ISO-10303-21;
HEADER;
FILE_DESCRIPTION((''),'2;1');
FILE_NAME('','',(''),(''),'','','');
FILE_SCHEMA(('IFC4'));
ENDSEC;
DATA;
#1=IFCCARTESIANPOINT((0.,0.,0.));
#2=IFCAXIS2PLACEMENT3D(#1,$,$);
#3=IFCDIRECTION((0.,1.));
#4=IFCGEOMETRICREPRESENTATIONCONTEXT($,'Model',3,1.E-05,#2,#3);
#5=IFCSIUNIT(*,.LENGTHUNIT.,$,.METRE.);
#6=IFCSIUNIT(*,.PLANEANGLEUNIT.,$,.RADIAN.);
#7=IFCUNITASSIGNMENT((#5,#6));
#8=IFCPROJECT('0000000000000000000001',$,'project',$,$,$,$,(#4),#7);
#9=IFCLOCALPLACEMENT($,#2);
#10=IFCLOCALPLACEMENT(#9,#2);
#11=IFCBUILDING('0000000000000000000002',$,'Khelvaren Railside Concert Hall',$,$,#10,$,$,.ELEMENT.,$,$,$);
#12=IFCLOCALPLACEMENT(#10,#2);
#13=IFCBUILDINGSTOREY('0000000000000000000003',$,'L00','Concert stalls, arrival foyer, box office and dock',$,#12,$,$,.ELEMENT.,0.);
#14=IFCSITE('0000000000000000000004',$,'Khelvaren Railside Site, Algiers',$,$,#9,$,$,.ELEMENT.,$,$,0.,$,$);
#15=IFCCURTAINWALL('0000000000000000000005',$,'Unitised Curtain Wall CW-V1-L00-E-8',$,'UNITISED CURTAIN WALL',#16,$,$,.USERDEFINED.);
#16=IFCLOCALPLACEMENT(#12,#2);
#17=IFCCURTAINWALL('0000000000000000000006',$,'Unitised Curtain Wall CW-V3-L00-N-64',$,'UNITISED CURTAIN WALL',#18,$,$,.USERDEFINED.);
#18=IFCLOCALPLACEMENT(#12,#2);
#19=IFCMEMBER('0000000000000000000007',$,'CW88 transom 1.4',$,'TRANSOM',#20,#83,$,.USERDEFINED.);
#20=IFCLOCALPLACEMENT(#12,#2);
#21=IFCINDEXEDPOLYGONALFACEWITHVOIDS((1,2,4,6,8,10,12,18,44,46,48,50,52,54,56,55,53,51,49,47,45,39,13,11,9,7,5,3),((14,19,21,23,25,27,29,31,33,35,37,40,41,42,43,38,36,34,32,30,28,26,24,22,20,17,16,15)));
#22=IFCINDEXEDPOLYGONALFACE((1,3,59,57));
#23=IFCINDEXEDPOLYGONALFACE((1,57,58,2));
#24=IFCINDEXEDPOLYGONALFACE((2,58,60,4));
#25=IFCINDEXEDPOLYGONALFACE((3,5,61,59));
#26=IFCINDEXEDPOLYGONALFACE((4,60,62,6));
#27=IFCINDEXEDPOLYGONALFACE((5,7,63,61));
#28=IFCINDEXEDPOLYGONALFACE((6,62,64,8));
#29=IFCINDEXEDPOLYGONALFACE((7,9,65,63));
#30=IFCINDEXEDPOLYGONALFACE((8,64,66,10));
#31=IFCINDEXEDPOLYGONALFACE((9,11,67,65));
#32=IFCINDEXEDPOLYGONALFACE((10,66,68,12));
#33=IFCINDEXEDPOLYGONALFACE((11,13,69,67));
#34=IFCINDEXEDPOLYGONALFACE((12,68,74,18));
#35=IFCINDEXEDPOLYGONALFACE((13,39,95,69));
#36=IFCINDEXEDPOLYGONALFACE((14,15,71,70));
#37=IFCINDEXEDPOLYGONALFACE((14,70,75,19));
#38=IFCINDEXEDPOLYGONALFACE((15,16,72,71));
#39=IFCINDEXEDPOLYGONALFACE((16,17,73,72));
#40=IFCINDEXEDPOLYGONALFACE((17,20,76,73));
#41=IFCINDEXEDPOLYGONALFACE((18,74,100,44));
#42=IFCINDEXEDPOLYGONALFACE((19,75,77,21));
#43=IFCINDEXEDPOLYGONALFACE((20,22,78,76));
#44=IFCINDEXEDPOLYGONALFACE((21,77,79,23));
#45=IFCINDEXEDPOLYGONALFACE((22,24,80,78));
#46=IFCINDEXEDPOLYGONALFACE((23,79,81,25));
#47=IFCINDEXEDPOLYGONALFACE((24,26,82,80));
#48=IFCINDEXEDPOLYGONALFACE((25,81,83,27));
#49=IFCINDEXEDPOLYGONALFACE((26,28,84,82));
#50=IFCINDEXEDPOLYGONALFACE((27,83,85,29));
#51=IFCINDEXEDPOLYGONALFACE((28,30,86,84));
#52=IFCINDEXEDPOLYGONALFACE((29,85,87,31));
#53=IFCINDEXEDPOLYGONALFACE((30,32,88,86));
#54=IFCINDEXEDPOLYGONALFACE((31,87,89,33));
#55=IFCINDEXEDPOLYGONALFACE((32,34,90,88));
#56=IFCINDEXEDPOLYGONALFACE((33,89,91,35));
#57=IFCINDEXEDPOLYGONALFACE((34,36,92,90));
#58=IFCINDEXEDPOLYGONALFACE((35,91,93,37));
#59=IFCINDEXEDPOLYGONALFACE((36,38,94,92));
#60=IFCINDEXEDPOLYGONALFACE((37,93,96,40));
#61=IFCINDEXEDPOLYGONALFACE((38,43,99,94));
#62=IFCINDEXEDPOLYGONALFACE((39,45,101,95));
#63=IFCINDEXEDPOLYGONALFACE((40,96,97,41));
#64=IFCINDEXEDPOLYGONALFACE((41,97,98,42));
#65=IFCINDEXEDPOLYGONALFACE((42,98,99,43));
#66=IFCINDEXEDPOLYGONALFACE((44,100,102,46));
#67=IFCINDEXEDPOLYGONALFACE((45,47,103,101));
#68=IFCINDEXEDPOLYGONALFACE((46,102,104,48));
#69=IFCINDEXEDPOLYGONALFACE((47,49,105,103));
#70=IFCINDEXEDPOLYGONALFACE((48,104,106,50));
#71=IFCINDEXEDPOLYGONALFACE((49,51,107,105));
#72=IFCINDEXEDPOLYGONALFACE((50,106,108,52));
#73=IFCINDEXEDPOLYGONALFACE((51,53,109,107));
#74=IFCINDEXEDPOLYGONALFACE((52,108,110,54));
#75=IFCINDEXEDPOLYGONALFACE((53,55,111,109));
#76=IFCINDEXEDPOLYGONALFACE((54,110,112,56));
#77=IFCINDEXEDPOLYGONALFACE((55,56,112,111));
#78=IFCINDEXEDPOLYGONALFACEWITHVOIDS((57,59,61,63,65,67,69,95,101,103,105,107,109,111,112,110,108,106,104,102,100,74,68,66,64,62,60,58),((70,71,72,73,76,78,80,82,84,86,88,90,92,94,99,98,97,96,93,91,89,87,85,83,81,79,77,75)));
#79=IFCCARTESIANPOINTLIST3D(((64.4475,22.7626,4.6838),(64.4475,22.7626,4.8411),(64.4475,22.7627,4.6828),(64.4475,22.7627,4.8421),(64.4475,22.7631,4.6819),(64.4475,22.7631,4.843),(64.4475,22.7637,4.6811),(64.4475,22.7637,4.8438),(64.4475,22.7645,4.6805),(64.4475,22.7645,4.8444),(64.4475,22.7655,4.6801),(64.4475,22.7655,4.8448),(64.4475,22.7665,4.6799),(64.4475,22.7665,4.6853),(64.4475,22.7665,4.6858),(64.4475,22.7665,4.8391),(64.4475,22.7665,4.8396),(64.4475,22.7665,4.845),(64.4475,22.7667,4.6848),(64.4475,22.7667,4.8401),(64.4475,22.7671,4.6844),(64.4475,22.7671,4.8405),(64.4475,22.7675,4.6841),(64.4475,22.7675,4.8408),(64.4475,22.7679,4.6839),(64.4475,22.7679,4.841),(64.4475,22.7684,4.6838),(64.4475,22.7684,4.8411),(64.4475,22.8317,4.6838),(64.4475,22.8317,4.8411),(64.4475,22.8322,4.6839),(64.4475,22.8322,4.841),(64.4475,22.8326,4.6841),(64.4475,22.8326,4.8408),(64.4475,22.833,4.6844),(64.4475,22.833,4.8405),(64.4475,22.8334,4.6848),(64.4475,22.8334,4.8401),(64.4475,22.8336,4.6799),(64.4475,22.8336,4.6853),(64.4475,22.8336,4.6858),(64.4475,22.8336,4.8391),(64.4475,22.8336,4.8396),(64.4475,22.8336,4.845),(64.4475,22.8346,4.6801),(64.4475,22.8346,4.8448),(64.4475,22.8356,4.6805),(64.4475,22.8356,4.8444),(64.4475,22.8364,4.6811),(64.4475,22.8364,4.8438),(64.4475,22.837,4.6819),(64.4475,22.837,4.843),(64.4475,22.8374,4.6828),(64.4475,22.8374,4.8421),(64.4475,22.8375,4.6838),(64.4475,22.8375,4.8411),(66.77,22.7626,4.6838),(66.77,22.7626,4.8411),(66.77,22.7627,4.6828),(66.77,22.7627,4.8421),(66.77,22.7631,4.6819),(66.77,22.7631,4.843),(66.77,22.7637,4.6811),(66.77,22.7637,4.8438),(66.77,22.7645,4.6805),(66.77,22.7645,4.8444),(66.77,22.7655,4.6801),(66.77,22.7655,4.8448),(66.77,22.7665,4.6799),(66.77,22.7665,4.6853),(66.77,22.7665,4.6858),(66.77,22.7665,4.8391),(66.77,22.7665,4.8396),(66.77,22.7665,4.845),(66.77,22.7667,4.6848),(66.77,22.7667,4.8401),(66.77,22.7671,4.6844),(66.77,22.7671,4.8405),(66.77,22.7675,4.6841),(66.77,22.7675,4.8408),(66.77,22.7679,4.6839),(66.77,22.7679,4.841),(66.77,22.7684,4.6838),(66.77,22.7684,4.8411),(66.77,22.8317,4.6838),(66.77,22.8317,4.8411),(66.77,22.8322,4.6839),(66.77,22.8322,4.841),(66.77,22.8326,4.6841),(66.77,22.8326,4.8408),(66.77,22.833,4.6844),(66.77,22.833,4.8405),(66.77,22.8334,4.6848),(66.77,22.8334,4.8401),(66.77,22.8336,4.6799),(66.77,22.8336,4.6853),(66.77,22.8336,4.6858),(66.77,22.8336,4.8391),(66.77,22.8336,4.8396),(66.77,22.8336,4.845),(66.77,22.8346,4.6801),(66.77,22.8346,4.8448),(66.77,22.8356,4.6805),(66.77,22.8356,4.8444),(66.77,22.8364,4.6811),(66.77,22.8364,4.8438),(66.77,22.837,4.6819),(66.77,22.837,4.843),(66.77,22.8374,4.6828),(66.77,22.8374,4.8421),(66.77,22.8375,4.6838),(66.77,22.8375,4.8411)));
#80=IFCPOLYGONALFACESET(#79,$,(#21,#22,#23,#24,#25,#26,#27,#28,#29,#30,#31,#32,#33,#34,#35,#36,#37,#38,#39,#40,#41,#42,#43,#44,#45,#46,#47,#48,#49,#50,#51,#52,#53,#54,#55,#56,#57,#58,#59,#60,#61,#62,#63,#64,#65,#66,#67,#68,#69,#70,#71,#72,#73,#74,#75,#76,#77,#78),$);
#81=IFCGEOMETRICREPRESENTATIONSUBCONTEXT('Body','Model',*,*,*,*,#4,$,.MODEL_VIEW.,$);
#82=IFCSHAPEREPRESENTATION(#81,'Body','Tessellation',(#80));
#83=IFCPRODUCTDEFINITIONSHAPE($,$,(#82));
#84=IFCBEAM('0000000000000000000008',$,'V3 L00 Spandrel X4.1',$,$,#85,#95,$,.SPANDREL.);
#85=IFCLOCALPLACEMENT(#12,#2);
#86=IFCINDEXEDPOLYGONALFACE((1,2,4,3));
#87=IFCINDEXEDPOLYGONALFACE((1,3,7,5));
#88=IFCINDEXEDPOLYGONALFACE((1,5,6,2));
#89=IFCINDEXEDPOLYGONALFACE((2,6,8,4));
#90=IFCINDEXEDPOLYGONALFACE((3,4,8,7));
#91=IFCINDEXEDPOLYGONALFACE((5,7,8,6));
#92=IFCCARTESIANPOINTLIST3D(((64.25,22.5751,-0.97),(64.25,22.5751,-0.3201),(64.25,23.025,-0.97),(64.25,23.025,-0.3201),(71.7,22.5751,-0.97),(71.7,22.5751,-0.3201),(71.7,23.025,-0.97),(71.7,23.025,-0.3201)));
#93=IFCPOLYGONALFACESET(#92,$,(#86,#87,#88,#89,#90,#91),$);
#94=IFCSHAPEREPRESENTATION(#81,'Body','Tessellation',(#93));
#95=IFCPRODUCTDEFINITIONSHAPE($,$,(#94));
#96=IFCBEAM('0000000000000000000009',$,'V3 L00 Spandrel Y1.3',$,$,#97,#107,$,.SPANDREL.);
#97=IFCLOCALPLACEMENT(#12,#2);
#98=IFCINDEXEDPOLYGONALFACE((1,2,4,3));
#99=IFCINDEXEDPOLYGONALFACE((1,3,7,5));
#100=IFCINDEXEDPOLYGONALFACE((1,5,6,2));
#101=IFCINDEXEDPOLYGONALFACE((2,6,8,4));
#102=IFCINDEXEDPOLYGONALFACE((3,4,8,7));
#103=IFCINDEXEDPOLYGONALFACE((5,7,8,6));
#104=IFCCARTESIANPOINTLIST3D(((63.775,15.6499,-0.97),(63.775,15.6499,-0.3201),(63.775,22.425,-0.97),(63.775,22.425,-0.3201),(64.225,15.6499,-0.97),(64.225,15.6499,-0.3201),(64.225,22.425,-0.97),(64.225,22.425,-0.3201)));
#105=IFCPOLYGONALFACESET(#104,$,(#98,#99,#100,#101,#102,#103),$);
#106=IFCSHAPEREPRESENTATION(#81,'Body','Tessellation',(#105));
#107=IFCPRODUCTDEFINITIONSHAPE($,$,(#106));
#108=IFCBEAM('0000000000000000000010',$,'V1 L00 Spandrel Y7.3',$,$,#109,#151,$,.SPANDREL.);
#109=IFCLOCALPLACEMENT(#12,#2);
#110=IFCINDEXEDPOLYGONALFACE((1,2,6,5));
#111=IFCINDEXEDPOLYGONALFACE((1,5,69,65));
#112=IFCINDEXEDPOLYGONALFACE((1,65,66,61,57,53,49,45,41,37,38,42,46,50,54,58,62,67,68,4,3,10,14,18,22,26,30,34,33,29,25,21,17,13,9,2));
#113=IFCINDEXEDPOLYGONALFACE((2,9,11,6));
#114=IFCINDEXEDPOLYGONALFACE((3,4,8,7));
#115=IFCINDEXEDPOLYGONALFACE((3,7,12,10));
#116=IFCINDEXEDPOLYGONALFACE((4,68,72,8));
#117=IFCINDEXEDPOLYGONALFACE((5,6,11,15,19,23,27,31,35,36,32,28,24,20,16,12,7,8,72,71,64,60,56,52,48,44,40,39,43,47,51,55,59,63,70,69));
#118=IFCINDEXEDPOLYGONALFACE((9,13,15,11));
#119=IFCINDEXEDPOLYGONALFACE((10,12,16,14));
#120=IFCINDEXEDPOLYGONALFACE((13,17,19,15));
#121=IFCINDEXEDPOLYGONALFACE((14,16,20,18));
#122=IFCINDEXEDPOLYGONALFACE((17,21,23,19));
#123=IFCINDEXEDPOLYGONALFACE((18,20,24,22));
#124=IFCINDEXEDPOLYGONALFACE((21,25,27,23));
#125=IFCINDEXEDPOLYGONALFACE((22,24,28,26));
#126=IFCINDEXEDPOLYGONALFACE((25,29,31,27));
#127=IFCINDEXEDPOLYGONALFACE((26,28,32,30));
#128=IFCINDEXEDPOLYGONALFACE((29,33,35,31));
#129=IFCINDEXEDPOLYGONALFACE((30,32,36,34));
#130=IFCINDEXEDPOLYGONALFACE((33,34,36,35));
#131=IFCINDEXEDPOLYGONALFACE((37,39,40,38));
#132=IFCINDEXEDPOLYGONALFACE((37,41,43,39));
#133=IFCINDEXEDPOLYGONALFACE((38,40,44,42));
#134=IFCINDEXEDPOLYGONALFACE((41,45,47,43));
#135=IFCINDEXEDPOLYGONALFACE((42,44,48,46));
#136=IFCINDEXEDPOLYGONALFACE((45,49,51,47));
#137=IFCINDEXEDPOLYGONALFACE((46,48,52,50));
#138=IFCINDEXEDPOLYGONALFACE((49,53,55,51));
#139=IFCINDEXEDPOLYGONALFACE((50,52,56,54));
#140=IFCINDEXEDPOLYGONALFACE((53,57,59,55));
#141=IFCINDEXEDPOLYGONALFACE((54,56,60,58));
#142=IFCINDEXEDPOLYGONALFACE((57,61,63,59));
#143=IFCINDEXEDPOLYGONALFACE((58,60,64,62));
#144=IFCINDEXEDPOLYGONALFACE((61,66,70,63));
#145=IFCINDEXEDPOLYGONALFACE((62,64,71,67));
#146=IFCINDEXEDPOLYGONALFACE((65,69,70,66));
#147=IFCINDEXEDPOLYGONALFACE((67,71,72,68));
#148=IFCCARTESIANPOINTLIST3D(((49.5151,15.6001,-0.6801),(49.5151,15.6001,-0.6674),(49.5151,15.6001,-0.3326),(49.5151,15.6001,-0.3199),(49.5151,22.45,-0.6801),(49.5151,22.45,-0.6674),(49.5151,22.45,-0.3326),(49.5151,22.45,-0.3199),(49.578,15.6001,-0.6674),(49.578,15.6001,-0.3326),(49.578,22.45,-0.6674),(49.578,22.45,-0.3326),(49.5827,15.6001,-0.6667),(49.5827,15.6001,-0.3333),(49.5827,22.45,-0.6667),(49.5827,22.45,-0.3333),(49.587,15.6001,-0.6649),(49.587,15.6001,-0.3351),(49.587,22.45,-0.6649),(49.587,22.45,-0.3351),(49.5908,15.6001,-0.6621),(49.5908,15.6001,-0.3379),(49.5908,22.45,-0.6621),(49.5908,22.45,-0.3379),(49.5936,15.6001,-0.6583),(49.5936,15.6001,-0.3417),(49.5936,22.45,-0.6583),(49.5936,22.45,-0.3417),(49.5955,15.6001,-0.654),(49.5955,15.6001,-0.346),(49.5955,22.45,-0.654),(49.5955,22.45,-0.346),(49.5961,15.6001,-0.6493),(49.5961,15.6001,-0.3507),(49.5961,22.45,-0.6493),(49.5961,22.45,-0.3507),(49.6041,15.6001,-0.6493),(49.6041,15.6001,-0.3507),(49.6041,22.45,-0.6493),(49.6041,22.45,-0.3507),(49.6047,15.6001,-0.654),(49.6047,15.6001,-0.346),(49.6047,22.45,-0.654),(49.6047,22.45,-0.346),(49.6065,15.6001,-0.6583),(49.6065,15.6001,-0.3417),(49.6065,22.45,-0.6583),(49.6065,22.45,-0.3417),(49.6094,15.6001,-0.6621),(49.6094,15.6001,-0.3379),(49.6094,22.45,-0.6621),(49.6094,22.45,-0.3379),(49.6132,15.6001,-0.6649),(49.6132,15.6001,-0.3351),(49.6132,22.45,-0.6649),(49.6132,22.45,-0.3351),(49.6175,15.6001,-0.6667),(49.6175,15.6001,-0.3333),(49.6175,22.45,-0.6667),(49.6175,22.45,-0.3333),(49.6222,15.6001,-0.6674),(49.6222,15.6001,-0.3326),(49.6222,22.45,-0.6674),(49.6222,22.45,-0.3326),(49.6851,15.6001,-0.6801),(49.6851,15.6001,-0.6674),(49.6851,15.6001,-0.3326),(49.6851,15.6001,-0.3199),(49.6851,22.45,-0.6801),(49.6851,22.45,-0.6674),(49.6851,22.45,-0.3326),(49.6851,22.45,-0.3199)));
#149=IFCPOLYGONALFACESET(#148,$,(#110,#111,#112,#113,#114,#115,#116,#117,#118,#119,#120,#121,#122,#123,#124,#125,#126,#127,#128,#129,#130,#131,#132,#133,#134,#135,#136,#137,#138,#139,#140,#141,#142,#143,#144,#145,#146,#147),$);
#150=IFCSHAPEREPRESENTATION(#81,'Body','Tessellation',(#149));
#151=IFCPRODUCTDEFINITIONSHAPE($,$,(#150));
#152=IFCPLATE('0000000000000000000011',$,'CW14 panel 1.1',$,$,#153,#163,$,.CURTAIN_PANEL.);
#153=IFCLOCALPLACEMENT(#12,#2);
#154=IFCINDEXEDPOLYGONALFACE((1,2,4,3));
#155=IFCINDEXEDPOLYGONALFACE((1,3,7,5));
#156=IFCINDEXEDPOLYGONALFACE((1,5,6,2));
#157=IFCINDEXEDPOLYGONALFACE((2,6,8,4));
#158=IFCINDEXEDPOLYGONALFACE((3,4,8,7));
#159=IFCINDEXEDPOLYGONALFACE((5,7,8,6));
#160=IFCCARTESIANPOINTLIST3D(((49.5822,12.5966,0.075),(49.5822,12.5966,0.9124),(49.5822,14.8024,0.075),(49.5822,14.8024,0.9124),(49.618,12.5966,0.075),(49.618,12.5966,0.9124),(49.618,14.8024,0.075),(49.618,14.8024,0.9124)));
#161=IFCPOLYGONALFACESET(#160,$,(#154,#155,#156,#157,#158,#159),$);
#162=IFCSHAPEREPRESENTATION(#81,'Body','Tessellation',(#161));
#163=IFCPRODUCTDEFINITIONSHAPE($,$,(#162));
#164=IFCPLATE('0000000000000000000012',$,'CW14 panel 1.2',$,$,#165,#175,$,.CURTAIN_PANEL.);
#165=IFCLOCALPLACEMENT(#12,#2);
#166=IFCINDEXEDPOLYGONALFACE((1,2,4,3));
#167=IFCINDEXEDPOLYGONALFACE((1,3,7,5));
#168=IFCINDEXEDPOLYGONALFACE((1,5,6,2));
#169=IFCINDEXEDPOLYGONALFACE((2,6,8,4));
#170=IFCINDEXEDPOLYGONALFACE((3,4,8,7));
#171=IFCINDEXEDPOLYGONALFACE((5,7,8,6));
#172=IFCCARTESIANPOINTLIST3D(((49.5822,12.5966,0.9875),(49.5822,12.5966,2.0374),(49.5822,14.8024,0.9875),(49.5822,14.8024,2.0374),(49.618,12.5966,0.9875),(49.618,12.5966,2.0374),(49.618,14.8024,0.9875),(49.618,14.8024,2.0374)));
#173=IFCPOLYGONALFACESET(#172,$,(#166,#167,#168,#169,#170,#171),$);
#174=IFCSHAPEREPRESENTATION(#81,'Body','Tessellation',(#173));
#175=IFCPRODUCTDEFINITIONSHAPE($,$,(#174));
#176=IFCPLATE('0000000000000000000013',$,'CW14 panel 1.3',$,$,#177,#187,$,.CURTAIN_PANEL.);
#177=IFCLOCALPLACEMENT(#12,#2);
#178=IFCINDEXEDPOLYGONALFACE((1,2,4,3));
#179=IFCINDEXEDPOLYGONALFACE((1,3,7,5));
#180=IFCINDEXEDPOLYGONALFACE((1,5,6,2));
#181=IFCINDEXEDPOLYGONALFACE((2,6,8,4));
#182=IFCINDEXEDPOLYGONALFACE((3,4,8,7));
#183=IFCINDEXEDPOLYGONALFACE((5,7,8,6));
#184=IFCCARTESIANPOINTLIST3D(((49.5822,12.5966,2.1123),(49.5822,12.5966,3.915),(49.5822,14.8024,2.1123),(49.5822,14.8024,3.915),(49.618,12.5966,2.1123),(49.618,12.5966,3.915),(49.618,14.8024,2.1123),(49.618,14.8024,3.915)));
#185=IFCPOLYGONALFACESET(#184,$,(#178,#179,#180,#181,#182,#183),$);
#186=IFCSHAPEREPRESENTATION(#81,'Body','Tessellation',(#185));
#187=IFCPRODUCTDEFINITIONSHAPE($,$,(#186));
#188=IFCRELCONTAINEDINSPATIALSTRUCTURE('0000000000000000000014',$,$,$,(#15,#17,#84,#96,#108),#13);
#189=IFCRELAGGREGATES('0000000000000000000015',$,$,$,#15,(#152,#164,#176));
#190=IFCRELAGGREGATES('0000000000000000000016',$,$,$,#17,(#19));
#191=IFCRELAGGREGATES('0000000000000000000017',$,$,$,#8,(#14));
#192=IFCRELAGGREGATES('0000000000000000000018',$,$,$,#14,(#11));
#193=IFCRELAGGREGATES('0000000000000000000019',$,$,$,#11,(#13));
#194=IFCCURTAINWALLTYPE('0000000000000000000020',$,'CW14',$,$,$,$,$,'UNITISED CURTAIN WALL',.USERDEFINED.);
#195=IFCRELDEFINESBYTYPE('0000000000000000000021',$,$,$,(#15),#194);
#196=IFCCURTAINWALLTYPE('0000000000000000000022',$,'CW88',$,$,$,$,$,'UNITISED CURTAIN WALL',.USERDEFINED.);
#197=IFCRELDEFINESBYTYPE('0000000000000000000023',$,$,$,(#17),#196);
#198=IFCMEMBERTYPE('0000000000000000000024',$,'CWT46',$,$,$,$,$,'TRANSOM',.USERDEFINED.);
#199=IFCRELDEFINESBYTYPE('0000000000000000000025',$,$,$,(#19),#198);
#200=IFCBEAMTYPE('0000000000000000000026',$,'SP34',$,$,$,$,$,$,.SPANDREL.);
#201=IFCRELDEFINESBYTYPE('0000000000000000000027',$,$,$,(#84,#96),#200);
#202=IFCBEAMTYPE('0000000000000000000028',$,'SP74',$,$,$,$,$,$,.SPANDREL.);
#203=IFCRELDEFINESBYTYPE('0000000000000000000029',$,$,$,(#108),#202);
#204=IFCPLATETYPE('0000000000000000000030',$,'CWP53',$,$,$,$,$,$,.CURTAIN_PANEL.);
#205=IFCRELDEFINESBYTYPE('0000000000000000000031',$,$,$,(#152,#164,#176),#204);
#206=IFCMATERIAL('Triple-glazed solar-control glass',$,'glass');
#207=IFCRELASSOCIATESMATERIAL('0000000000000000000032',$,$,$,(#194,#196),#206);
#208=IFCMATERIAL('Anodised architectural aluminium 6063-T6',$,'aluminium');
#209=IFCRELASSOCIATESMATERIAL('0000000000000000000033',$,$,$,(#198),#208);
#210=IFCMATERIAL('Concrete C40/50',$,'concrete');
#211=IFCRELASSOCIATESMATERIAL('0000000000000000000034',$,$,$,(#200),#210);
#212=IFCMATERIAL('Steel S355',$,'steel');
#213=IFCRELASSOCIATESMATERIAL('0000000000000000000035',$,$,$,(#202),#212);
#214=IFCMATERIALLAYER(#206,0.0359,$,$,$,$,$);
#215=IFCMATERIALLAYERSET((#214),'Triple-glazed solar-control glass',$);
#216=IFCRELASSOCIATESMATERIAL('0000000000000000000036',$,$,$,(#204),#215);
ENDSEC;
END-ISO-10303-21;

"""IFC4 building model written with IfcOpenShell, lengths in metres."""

from ifc_helpers import new_model, si_unit, direction, frame, origin, origin_2d, place, context, subcontext, project, spatial, rectangle, hollow_rectangle, i_section, extrude, material, layer, layer_set, material_profile, profile_set, type_object, element, aggregate, save


model = new_model("IFC4")

# Units and contexts
model_context = context("Model", 3, precision=1e-05, world=origin(), true_north=direction((0.0, 1.0)))
body_context = subcontext(model_context, "Body", "Model", "MODEL_VIEW")
ifc_project = project(units=[si_unit("LENGTHUNIT", "METRE"), si_unit("PLANEANGLEUNIT", "RADIAN")], contexts=[model_context])

# Site, building, storey
site_placement = place(None, origin())
site = spatial("IfcSite", under=ifc_project, at=site_placement, Name="Khelvaren Railside Site, Algiers", CompositionType="ELEMENT", RefElevation=0.0)
building_placement = place(site_placement, origin())
building = spatial("IfcBuilding", under=site, at=building_placement, Name="Khelvaren Railside Concert Hall", CompositionType="ELEMENT")
storey_placement = place(building_placement, origin())
storey = spatial("IfcBuildingStorey", under=building, at=storey_placement, Name="L00", Description="Concert stalls, arrival foyer, box office and dock", CompositionType="ELEMENT", Elevation=0.0)

# Shared definitions
ifc_material_1 = material(Name="Steel S355", Category="steel")

# Curtain wall
ifc_material_2 = material(Name="Triple-glazed solar-control glass", Category="glass")
curtain_wall_type_1 = type_object("IfcCurtainWallType", Name="CW14", ElementType="UNITISED CURTAIN WALL", PredefinedType="USERDEFINED", material=ifc_material_2)
curtain_wall_1_placement = place(storey_placement, origin())
curtain_wall_1 = element("IfcCurtainWall", 1, at=curtain_wall_1_placement, inside=storey, type_object=curtain_wall_type_1, Name="Unitised Curtain Wall CW-V1-L00-E-8", ObjectType="UNITISED CURTAIN WALL", PredefinedType="USERDEFINED")
ifc_material_3 = material(Name="Anodised architectural aluminium 6063-T6", Category="aluminium")

# Curtain wall
curtain_wall_type_2 = type_object("IfcCurtainWallType", Name="CW88", ElementType="UNITISED CURTAIN WALL", PredefinedType="USERDEFINED", material=ifc_material_2)
curtain_wall_2_placement = place(storey_placement, origin())
curtain_wall_2 = element("IfcCurtainWall", 2, at=curtain_wall_2_placement, inside=storey, type_object=curtain_wall_type_2, Name="Unitised Curtain Wall CW-V3-L00-N-64", ObjectType="UNITISED CURTAIN WALL", PredefinedType="USERDEFINED")

# Member
ifc_material_profile_1 = material_profile(ifc_material_3, hollow_rectangle(XDim=0.075, YDim=0.165, WallThickness=0.0039, InnerFilletRadius=0.002, OuterFilletRadius=0.0039, at=origin_2d()), Name="CWT 75x165x4")
ifc_profile_set_1 = profile_set([ifc_material_profile_1], Name="Anodised architectural aluminium 6063-T6")
member_type_1 = type_object("IfcMemberType", Name="CWT46", ElementType="TRANSOM", PredefinedType="USERDEFINED", material=ifc_profile_set_1)
member_1_placement = place(storey_placement, frame((64.4475, 22.8, 4.7625), z_axis=(1.0, 0.0, 0.0), x_axis=(0.0, 1.0, 0.0)))
member_1 = element("IfcMember", 3, at=member_1_placement, type_object=member_type_1, Name="CW88 transom 1.4", ObjectType="TRANSOM", PredefinedType="USERDEFINED", context=body_context, shape_type="SweptSolid", body=[
    extrude(hollow_rectangle(XDim=0.075, YDim=0.165, WallThickness=0.0039, InnerFilletRadius=0.002, OuterFilletRadius=0.0039, at=origin_2d()), origin(), (0.0, 0.0, 1.0), 2.3225),
])

# Beams
ifc_material_4 = material(Name="Concrete C40/50", Category="concrete")
ifc_material_profile_2 = material_profile(ifc_material_4, rectangle(XDim=0.45, YDim=0.6499, at=origin_2d()), Name="RCB 450x650")
ifc_profile_set_2 = profile_set([ifc_material_profile_2], Name="Concrete C40/50")
beam_type_1 = type_object("IfcBeamType", Name="SP34", PredefinedType="SPANDREL", material=ifc_profile_set_2)
beam_1_placement = place(storey_placement, frame((64.25, 22.8, -0.645), z_axis=(1.0, 0.0, 0.0), x_axis=(0.0, 1.0, 0.0)))
element("IfcBeam", 4, at=beam_1_placement, inside=storey, type_object=beam_type_1, Name="V3 L00 Spandrel X4.1", PredefinedType="SPANDREL", context=body_context, shape_type="SweptSolid", body=[
    extrude(rectangle(XDim=0.45, YDim=0.6499, at=origin_2d()), origin(), (0.0, 0.0, 1.0), 7.45),
])
beam_2_placement = place(storey_placement, frame((64.0, 15.6499, -0.645), z_axis=(0.0, 1.0, 0.0), x_axis=(-1.0, 0.0, 0.0)))
element("IfcBeam", 5, at=beam_2_placement, inside=storey, type_object=beam_type_1, Name="V3 L00 Spandrel Y1.3", PredefinedType="SPANDREL", context=body_context, shape_type="SweptSolid", body=[
    extrude(rectangle(XDim=0.45, YDim=0.6499, at=origin_2d()), origin(), (0.0, 0.0, 1.0), 6.7751),
])
ifc_material_profile_3 = material_profile(ifc_material_1, i_section(OverallWidth=0.1699, OverallDepth=0.3601, WebThickness=0.0081, FlangeThickness=0.0127, FilletRadius=0.0181, at=origin_2d()), Name="IPE 360")
ifc_profile_set_3 = profile_set([ifc_material_profile_3], Name="Steel S355")
beam_type_2 = type_object("IfcBeamType", Name="SP74", PredefinedType="SPANDREL", material=ifc_profile_set_3)
beam_3_placement = place(storey_placement, frame((49.6001, 15.6001, -0.5), z_axis=(0.0, 1.0, 0.0), x_axis=(-1.0, 0.0, 0.0)))
element("IfcBeam", 6, at=beam_3_placement, inside=storey, type_object=beam_type_2, Name="V1 L00 Spandrel Y7.3", PredefinedType="SPANDREL", context=body_context, shape_type="SweptSolid", body=[
    extrude(i_section(OverallWidth=0.1699, OverallDepth=0.3601, WebThickness=0.0081, FlangeThickness=0.0127, FilletRadius=0.0181, at=origin_2d()), origin(), (0.0, 0.0, 1.0), 6.8499),
])

# Plates
ifc_layer_1 = layer(ifc_material_2, 0.0359)
ifc_layer_set_1 = layer_set([ifc_layer_1], Name="Triple-glazed solar-control glass")
plate_type = type_object("IfcPlateType", Name="CWP53", PredefinedType="CURTAIN_PANEL", material=ifc_layer_set_1)
plate_1_placement = place(storey_placement, frame((49.6001, 13.6995, 0.075), z_axis=(0.0, 0.0, 1.0), x_axis=(0.0, -1.0, 0.0)))
plate_1 = element("IfcPlate", 7, at=plate_1_placement, type_object=plate_type, Name="CW14 panel 1.1", PredefinedType="CURTAIN_PANEL", context=body_context, shape_type="SweptSolid", body=[
    extrude(rectangle(XDim=2.2058, YDim=0.0359, at=origin_2d()), origin(), (0.0, 0.0, 1.0), 0.8374),
])
plate_2_placement = place(storey_placement, frame((49.6001, 13.6995, 0.9875), z_axis=(0.0, 0.0, 1.0), x_axis=(0.0, -1.0, 0.0)))
plate_2 = element("IfcPlate", 8, at=plate_2_placement, type_object=plate_type, Name="CW14 panel 1.2", PredefinedType="CURTAIN_PANEL", context=body_context, shape_type="SweptSolid", body=[
    extrude(rectangle(XDim=2.2058, YDim=0.0359, at=origin_2d()), origin(), (0.0, 0.0, 1.0), 1.0498),
])
plate_3_placement = place(storey_placement, frame((49.6001, 13.6995, 2.1123), z_axis=(0.0, 0.0, 1.0), x_axis=(0.0, -1.0, 0.0)))
plate_3 = element("IfcPlate", 9, at=plate_3_placement, type_object=plate_type, Name="CW14 panel 1.3", PredefinedType="CURTAIN_PANEL", context=body_context, shape_type="SweptSolid", body=[
    extrude(rectangle(XDim=2.2058, YDim=0.0359, at=origin_2d()), origin(), (0.0, 0.0, 1.0), 1.8027),
])
aggregate(curtain_wall_1, [plate_1, plate_2, plate_3])
aggregate(curtain_wall_2, [member_1])

save(model, "model.ifc")
